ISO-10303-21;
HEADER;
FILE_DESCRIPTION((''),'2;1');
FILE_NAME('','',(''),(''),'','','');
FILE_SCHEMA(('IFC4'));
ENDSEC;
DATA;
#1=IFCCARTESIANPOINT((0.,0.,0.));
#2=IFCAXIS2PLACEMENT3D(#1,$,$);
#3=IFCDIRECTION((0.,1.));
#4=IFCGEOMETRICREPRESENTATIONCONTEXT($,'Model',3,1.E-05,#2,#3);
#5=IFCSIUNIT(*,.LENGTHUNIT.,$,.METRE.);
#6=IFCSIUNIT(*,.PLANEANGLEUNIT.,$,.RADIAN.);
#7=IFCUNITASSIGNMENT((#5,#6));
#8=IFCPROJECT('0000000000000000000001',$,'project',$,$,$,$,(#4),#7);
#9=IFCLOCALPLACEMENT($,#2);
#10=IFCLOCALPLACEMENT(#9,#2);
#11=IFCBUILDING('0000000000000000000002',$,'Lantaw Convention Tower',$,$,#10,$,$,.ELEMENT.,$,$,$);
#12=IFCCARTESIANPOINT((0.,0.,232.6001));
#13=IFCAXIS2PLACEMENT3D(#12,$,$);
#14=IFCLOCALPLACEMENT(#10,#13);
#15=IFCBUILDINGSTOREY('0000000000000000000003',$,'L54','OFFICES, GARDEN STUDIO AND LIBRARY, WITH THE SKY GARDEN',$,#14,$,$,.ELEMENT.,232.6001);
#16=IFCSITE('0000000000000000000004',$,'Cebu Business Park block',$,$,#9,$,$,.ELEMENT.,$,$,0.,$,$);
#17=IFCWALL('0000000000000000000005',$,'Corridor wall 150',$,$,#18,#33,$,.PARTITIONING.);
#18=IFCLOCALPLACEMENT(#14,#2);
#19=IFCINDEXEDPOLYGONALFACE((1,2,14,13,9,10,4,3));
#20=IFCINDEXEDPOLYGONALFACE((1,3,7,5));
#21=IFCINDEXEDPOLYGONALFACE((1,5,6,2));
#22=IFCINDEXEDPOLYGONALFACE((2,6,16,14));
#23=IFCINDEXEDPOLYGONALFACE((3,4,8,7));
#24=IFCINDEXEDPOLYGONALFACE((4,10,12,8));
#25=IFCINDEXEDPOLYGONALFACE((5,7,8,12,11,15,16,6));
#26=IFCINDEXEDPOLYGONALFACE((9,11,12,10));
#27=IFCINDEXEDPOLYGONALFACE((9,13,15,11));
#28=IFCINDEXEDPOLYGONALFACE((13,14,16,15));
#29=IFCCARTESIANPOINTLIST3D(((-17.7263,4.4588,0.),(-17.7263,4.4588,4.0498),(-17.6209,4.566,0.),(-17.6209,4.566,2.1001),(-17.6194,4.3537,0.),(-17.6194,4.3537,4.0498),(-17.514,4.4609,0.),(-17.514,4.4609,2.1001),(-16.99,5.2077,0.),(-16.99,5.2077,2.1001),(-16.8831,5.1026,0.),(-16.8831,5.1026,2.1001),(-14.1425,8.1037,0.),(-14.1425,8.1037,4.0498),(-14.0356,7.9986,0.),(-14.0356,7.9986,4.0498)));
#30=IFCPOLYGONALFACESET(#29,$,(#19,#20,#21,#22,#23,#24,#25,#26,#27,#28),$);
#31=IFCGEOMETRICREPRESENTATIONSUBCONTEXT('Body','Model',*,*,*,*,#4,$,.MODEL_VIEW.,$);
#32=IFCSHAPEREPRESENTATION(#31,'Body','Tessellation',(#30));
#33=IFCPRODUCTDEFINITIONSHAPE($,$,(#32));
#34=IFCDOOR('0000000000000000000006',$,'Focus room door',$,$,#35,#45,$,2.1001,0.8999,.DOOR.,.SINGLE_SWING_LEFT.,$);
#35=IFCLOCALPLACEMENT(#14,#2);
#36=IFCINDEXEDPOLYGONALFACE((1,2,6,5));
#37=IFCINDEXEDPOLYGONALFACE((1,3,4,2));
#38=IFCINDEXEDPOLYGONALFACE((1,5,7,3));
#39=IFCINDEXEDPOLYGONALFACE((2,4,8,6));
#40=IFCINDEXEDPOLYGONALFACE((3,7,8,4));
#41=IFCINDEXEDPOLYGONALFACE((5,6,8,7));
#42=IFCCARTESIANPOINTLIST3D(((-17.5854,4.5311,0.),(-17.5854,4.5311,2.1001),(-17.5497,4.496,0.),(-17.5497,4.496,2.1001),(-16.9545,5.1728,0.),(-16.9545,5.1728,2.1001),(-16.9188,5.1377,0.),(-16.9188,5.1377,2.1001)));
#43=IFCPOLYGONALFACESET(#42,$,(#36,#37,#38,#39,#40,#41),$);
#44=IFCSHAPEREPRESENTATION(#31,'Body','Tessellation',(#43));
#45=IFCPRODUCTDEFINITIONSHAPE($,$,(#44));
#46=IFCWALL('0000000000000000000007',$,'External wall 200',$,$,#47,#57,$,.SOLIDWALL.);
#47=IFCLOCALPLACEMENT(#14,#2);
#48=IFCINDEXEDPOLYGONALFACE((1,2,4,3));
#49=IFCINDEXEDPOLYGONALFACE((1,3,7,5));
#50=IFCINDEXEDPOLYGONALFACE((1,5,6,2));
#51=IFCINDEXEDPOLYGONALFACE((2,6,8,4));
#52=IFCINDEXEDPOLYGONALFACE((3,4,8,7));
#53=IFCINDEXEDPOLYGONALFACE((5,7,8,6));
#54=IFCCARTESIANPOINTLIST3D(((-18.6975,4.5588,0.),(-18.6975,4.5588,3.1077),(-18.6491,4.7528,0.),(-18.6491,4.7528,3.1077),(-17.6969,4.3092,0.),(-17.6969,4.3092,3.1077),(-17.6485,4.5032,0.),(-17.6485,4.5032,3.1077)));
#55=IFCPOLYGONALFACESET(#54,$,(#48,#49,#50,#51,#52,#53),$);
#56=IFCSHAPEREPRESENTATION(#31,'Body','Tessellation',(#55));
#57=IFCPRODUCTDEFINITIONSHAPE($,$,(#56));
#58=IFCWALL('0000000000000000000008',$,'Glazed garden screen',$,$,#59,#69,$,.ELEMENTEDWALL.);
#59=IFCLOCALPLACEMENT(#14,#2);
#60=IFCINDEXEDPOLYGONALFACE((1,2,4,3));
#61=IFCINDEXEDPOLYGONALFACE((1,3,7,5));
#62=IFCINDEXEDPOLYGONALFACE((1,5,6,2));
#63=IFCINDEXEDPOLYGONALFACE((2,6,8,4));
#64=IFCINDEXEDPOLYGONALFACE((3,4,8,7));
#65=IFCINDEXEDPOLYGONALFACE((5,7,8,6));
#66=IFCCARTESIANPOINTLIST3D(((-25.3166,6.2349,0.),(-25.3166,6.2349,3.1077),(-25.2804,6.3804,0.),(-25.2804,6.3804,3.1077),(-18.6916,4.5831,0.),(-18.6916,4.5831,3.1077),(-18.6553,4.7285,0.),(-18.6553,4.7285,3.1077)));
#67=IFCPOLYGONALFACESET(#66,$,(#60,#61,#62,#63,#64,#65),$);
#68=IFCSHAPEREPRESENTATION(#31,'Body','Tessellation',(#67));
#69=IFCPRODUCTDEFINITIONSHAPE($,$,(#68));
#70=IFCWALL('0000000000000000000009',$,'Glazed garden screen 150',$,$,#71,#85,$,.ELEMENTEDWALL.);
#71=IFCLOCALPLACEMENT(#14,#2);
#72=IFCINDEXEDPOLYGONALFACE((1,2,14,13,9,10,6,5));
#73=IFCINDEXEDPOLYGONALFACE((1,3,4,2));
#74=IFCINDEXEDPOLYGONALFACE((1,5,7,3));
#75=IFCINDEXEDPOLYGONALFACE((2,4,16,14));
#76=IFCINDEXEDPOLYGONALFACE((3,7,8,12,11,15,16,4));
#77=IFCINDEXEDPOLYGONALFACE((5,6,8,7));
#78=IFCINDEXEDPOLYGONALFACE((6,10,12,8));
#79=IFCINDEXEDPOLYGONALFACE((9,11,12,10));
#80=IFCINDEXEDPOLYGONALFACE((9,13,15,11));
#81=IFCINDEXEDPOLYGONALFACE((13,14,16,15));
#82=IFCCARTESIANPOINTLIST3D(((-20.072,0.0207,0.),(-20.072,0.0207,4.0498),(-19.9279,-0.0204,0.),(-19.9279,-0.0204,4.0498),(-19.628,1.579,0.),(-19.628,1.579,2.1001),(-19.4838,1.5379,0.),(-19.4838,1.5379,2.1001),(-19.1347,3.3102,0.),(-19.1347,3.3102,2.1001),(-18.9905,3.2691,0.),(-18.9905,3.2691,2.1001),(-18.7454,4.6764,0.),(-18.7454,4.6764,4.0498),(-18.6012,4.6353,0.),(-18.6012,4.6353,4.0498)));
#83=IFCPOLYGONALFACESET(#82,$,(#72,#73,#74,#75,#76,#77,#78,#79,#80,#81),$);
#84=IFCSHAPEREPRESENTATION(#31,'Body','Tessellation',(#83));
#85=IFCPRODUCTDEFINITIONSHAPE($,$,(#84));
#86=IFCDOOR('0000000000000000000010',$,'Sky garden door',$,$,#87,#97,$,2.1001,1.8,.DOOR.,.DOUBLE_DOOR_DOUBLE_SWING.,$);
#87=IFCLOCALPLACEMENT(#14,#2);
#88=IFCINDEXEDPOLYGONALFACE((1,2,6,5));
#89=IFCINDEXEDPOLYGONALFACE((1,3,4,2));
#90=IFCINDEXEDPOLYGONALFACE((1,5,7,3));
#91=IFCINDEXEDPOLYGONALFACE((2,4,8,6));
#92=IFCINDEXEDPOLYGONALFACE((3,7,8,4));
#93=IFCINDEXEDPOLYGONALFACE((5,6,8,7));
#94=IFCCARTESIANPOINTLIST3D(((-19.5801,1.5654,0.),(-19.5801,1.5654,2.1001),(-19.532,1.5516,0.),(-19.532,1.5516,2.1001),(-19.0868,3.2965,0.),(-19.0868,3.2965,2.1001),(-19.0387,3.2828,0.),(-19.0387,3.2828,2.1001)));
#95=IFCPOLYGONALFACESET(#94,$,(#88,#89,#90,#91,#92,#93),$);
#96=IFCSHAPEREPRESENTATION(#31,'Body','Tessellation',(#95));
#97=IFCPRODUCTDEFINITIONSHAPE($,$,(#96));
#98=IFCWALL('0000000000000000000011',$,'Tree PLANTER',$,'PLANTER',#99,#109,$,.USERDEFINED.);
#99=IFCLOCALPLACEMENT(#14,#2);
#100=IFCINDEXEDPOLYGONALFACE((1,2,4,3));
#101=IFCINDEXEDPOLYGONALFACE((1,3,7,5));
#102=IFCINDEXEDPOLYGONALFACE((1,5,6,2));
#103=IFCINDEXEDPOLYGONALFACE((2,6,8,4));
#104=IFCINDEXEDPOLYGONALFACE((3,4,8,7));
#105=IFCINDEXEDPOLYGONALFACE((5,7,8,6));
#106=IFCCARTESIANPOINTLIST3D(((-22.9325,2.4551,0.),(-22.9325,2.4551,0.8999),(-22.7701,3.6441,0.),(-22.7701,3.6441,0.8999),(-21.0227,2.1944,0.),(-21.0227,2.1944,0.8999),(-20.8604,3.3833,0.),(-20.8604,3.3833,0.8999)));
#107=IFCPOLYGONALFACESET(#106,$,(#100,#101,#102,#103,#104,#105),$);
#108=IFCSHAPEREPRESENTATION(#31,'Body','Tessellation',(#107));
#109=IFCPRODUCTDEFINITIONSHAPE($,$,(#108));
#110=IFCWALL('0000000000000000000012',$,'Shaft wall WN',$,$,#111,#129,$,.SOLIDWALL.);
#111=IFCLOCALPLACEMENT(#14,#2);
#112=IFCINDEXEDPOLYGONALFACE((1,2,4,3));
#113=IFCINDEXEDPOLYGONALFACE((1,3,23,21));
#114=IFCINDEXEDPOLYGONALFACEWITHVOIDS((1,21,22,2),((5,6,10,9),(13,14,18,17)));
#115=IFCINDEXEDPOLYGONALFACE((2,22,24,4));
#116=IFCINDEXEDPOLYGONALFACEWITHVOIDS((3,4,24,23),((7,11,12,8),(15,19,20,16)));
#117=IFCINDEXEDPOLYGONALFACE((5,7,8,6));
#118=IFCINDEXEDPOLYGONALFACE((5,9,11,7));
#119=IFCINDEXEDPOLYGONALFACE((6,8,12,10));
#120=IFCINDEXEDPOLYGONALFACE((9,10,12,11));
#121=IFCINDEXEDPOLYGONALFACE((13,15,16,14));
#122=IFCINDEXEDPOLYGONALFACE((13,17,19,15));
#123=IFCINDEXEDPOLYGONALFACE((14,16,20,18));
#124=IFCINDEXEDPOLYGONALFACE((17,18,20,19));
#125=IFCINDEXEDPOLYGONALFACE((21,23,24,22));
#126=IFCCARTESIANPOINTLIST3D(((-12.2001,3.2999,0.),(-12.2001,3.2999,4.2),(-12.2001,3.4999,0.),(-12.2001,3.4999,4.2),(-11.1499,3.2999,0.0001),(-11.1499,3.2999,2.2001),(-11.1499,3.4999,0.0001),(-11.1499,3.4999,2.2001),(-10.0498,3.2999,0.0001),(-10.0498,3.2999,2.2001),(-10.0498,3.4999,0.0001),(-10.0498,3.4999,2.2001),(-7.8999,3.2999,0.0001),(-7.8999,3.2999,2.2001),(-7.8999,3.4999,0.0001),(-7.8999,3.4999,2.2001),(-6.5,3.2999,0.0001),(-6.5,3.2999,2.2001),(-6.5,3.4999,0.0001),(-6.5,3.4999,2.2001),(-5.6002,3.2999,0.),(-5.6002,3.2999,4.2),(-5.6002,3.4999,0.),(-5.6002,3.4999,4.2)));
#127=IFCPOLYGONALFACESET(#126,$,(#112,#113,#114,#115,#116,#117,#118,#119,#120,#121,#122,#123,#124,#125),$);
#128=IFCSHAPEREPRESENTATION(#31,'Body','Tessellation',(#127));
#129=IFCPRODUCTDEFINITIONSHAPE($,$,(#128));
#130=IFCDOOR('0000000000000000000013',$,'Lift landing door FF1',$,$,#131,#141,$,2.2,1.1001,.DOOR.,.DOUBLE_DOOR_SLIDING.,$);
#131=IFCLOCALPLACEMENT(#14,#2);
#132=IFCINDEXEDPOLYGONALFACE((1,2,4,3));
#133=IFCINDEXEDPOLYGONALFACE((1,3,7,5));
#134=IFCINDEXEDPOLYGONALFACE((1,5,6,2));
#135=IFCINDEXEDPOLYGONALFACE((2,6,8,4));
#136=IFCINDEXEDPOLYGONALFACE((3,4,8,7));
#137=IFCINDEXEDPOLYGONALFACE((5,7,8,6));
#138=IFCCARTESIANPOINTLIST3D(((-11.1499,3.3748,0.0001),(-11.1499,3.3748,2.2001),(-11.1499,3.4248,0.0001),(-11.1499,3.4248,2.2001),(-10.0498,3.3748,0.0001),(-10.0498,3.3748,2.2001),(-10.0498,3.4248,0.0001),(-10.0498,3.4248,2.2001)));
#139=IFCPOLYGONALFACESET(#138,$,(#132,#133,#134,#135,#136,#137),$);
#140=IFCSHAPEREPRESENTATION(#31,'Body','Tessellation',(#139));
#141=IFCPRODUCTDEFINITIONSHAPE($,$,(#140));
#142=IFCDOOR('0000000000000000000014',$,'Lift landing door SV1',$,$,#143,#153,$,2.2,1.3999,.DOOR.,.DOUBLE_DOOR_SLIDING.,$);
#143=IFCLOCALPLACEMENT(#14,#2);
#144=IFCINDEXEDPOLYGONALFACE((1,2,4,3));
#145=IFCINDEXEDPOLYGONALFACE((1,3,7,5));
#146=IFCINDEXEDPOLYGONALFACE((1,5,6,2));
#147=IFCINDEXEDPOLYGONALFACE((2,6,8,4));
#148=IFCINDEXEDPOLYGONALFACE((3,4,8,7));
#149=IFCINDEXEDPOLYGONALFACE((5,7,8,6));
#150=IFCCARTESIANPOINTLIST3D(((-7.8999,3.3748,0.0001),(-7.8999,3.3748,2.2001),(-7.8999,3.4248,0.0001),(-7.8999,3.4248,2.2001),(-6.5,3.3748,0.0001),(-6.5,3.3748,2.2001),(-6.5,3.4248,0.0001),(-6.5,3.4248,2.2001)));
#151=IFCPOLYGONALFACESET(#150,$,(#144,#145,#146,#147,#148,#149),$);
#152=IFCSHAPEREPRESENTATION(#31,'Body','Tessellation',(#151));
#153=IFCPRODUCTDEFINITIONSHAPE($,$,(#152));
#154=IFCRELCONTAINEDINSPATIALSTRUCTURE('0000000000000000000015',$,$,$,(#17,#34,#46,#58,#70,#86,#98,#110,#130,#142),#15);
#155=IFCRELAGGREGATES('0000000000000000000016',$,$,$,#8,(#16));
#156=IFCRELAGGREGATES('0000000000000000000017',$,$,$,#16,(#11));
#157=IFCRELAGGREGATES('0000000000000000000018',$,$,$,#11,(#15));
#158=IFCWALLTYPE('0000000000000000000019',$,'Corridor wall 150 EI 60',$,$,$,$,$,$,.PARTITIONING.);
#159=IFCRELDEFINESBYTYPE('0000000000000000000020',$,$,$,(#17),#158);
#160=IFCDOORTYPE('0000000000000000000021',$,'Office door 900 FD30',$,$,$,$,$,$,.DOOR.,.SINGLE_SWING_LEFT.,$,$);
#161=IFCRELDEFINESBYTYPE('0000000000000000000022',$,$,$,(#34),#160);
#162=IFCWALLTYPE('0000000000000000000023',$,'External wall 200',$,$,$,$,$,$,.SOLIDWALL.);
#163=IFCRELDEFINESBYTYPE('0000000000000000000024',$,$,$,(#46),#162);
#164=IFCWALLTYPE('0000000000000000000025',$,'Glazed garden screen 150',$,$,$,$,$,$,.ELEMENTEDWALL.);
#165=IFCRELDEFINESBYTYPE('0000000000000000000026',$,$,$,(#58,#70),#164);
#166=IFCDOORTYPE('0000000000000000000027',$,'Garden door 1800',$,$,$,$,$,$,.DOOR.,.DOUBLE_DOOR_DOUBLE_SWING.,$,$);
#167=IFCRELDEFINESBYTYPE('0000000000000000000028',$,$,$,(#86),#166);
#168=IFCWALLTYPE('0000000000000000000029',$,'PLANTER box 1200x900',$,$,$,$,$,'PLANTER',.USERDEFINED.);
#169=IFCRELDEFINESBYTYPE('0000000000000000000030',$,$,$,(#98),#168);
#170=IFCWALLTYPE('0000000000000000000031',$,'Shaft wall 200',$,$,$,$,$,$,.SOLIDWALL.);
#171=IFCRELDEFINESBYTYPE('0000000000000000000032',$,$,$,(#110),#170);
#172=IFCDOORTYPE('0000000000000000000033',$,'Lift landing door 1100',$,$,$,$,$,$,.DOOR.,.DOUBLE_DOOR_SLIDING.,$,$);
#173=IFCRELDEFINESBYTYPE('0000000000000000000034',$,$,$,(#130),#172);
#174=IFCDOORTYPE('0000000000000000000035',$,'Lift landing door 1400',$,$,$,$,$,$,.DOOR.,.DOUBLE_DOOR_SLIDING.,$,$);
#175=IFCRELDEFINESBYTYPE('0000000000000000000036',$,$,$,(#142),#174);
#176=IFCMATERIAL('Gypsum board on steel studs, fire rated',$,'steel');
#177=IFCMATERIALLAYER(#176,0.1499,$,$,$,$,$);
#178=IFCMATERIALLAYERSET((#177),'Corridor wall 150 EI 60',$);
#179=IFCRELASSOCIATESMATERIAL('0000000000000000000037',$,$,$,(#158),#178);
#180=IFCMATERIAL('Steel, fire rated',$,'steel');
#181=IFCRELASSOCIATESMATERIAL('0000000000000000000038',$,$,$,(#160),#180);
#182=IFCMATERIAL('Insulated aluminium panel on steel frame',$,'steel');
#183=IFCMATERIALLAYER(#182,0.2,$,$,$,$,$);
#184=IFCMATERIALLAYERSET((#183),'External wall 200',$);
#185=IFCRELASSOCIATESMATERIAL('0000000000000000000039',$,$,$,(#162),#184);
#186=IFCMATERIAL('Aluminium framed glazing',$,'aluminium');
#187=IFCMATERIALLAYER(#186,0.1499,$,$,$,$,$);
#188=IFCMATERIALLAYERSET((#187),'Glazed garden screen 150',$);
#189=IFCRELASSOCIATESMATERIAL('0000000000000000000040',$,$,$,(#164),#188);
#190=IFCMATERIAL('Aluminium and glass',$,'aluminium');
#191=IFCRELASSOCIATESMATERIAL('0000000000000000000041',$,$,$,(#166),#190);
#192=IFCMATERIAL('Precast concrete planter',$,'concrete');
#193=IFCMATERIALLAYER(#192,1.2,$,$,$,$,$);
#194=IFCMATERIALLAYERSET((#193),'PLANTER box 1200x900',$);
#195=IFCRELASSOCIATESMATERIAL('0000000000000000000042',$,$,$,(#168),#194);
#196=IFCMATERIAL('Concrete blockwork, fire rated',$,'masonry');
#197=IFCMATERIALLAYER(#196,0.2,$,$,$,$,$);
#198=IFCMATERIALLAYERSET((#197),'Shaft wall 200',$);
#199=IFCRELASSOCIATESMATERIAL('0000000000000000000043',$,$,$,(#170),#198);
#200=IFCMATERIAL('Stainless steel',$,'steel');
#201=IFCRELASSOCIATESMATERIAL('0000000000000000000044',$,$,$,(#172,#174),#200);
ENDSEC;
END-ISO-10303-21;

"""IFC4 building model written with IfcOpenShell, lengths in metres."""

from ifc_helpers import new_model, si_unit, direction, frame, frame_2d, origin, place, context, subcontext, project, spatial, rectangle, extrude, material, layer, layer_set, type_object, element, fill, save


model = new_model("IFC4")

# Units and contexts
model_context = context("Model", 3, precision=1e-05, world=origin(), true_north=direction((0.0, 1.0)))
body_context = subcontext(model_context, "Body", "Model", "MODEL_VIEW")
ifc_project = project(units=[si_unit("LENGTHUNIT", "METRE"), si_unit("PLANEANGLEUNIT", "RADIAN")], contexts=[model_context])

# Site, building, storey
site_placement = place(None, origin())
site = spatial("IfcSite", under=ifc_project, at=site_placement, Name="Cebu Business Park block", CompositionType="ELEMENT", RefElevation=0.0)
building_placement = place(site_placement, origin())
building = spatial("IfcBuilding", under=site, at=building_placement, Name="Lantaw Convention Tower", CompositionType="ELEMENT")
storey_placement = place(building_placement, frame((0.0, 0.0, 232.6001)))
storey = spatial("IfcBuildingStorey", under=building, at=storey_placement, Name="L54", Description="OFFICES, GARDEN STUDIO AND LIBRARY, WITH THE SKY GARDEN", CompositionType="ELEMENT", Elevation=232.6001)

# Wall, opening, door
ifc_material_1 = material(Name="Gypsum board on steel studs, fire rated", Category="steel")
ifc_layer_1 = layer(ifc_material_1, 0.1499)
ifc_layer_set_1 = layer_set([ifc_layer_1], Name="Corridor wall 150 EI 60")
wall_type_1 = type_object("IfcWallType", Name="Corridor wall 150 EI 60", PredefinedType="PARTITIONING", material=ifc_layer_set_1)
wall_1_placement = place(storey_placement, frame((-14.0891, 8.051, 0.0), z_axis=(0.0, 0.0, 1.0), x_axis=(-0.701111, -0.713052, 0.0)))
wall_1 = element("IfcWall", 1, at=wall_1_placement, inside=storey, type_object=wall_type_1, Name="Corridor wall 150", PredefinedType="PARTITIONING", context=body_context, shape_type="SweptSolid", body=[
    extrude(rectangle(XDim=5.1116, YDim=0.1499, at=frame_2d((2.5557, 0.0))), origin(), (0.0, 0.0, 1.0), 4.0498),
])
opening_1_placement = place(wall_1_placement, frame((4.0613, 0.0, 0.0)))
opening_1 = element("IfcOpeningElement", 2, at=opening_1_placement, cuts=wall_1, PredefinedType="OPENING", context=body_context, shape_type="SweptSolid", body=[
    extrude(rectangle(XDim=0.8999, YDim=2.1001, at=frame_2d((0.45, 1.05))), frame((0.0, 0.085, 0.0), z_axis=(0.0, -1.0, 0.0), x_axis=(1.0, 0.0, 0.0)), (0.0, 0.0, 1.0), 0.1699),
])
ifc_material_2 = material(Name="Steel, fire rated", Category="steel")
door_type_1 = type_object("IfcDoorType", Name="Office door 900 FD30", OperationType="SINGLE_SWING_LEFT", PredefinedType="DOOR", material=ifc_material_2)
door_1_placement = place(opening_1_placement, origin())
door_1 = element("IfcDoor", 3, at=door_1_placement, inside=storey, type_object=door_type_1, Name="Focus room door", OperationType="SINGLE_SWING_LEFT", OverallHeight=2.1001, OverallWidth=0.8999, PredefinedType="DOOR", context=body_context, shape_type="SweptSolid", body=[
    extrude(rectangle(XDim=0.8999, YDim=2.1001, at=frame_2d((0.45, 1.05))), frame((0.0, 0.0249, 0.0), z_axis=(0.0, -1.0, 0.0), x_axis=(1.0, 0.0, 0.0)), (0.0, 0.0, 1.0), 0.05),
])
fill(opening_1, door_1)

# Walls
ifc_material_3 = material(Name="Insulated aluminium panel on steel frame", Category="steel")
ifc_layer_2 = layer(ifc_material_3, 0.2)
ifc_layer_set_2 = layer_set([ifc_layer_2], Name="External wall 200")
wall_type_2 = type_object("IfcWallType", Name="External wall 200", PredefinedType="SOLIDWALL", material=ifc_layer_set_2)
wall_2_placement = place(storey_placement, frame((-18.6733, 4.6558, 0.0), z_axis=(0.0, 0.0, 1.0), x_axis=(0.970282, -0.241978, 0.0)))
element("IfcWall", 4, at=wall_2_placement, inside=storey, type_object=wall_type_2, Name="External wall 200", PredefinedType="SOLIDWALL", context=body_context, shape_type="SweptSolid", body=[
    extrude(rectangle(XDim=1.0312, YDim=0.2, at=frame_2d((0.5156, 0.0))), origin(), (0.0, 0.0, 1.0), 3.1077),
])
ifc_material_4 = material(Name="Aluminium framed glazing", Category="aluminium")
ifc_layer_3 = layer(ifc_material_4, 0.1499)
ifc_layer_set_3 = layer_set([ifc_layer_3], Name="Glazed garden screen 150")
wall_type_3 = type_object("IfcWallType", Name="Glazed garden screen 150", PredefinedType="ELEMENTEDWALL", material=ifc_layer_set_3)
wall_3_placement = place(storey_placement, frame((-18.6733, 4.6558, 0.0), z_axis=(0.0, 0.0, 1.0), x_axis=(-0.970294, 0.24193, 0.0)))
element("IfcWall", 5, at=wall_3_placement, inside=storey, type_object=wall_type_3, Name="Glazed garden screen", PredefinedType="ELEMENTEDWALL", context=body_context, shape_type="SweptSolid", body=[
    extrude(rectangle(XDim=6.8279, YDim=0.1499, at=frame_2d((3.4141, 0.0))), origin(), (0.0, 0.0, 1.0), 3.1077),
])

# Wall, opening, door
wall_4_placement = place(storey_placement, frame((-18.6733, 4.6558, 0.0), z_axis=(0.0, 0.0, 1.0), x_axis=(-0.274042, -0.961718, 0.0)))
wall_4 = element("IfcWall", 6, at=wall_4_placement, inside=storey, type_object=wall_type_3, Name="Glazed garden screen 150", PredefinedType="ELEMENTEDWALL", context=body_context, shape_type="SweptSolid", body=[
    extrude(rectangle(XDim=4.8411, YDim=0.1499, at=frame_2d((2.4204, 0.0))), origin(), (0.0, 0.0, 1.0), 4.0498),
])
opening_2_placement = place(wall_4_placement, frame((1.4207, 0.0, 0.0)))
opening_2 = element("IfcOpeningElement", 7, at=opening_2_placement, cuts=wall_4, PredefinedType="OPENING", context=body_context, shape_type="SweptSolid", body=[
    extrude(rectangle(XDim=1.8, YDim=2.1001, at=frame_2d((0.8999, 1.05))), frame((0.0, 0.085, 0.0), z_axis=(0.0, -1.0, 0.0), x_axis=(1.0, 0.0, 0.0)), (0.0, 0.0, 1.0), 0.1699),
])
ifc_material_5 = material(Name="Aluminium and glass", Category="aluminium")
door_type_2 = type_object("IfcDoorType", Name="Garden door 1800", OperationType="DOUBLE_DOOR_DOUBLE_SWING", PredefinedType="DOOR", material=ifc_material_5)
door_2_placement = place(opening_2_placement, origin())
door_2 = element("IfcDoor", 8, at=door_2_placement, inside=storey, type_object=door_type_2, Name="Sky garden door", OperationType="DOUBLE_DOOR_DOUBLE_SWING", OverallHeight=2.1001, OverallWidth=1.8, PredefinedType="DOOR", context=body_context, shape_type="SweptSolid", body=[
    extrude(rectangle(XDim=1.8, YDim=2.1001, at=frame_2d((0.8999, 1.05))), frame((0.0, 0.0249, 0.0), z_axis=(0.0, -1.0, 0.0), x_axis=(1.0, 0.0, 0.0)), (0.0, 0.0, 1.0), 0.05),
])
fill(opening_2, door_2)

# Wall
ifc_material_6 = material(Name="Precast concrete planter", Category="concrete")
ifc_layer_4 = layer(ifc_material_6, 1.2)
ifc_layer_set_4 = layer_set([ifc_layer_4], Name="PLANTER box 1200x900")
wall_type_4 = type_object("IfcWallType", Name="PLANTER box 1200x900", ElementType="PLANTER", PredefinedType="USERDEFINED", material=ifc_layer_set_4)
wall_5_placement = place(storey_placement, frame((-20.9414, 2.7888, 0.0), z_axis=(0.0, 0.0, 1.0), x_axis=(-0.990807, 0.135283, 0.0)))
element("IfcWall", 9, at=wall_5_placement, inside=storey, type_object=wall_type_4, Name="Tree PLANTER", ObjectType="PLANTER", PredefinedType="USERDEFINED", context=body_context, shape_type="SweptSolid", body=[
    extrude(rectangle(XDim=1.9275, YDim=1.2, at=frame_2d((0.9639, 0.0))), origin(), (0.0, 0.0, 1.0), 0.8999),
])

# Wall, openings, doors
ifc_material_7 = material(Name="Concrete blockwork, fire rated", Category="masonry")
ifc_layer_5 = layer(ifc_material_7, 0.2)
ifc_layer_set_5 = layer_set([ifc_layer_5], Name="Shaft wall 200")
wall_type_5 = type_object("IfcWallType", Name="Shaft wall 200", PredefinedType="SOLIDWALL", material=ifc_layer_set_5)
wall_6_placement = place(storey_placement, frame((-12.2, 3.3999, 0.0), z_axis=(0.0, 0.0, 1.0), x_axis=(1.0, 0.0, 0.0)))
wall_6 = element("IfcWall", 10, at=wall_6_placement, inside=storey, type_object=wall_type_5, Name="Shaft wall WN", PredefinedType="SOLIDWALL", context=body_context, shape_type="SweptSolid", body=[
    extrude(rectangle(XDim=6.5999, YDim=0.2, at=frame_2d((3.2998, 0.0))), origin(), (0.0, 0.0, 1.0), 4.2),
])
opening_3_placement = place(wall_6_placement, frame((1.05, 0.0, 0.0)))
opening_3 = element("IfcOpeningElement", 11, at=opening_3_placement, cuts=wall_6, PredefinedType="OPENING", context=body_context, shape_type="SweptSolid", body=[
    extrude(rectangle(XDim=1.1001, YDim=2.2, at=frame_2d((0.55, 1.1001))), frame((0.0, 0.1099, 0.0), z_axis=(0.0, -1.0, 0.0), x_axis=(1.0, 0.0, 0.0)), (0.0, 0.0, 1.0), 0.22),
])
opening_4_placement = place(wall_6_placement, frame((4.3, 0.0, 0.0)))
opening_4 = element("IfcOpeningElement", 12, at=opening_4_placement, cuts=wall_6, PredefinedType="OPENING", context=body_context, shape_type="SweptSolid", body=[
    extrude(rectangle(XDim=1.3999, YDim=2.2, at=frame_2d((0.7, 1.1001))), frame((0.0, 0.1099, 0.0), z_axis=(0.0, -1.0, 0.0), x_axis=(1.0, 0.0, 0.0)), (0.0, 0.0, 1.0), 0.22),
])
ifc_material_8 = material(Name="Stainless steel", Category="steel")
door_type_3 = type_object("IfcDoorType", Name="Lift landing door 1100", OperationType="DOUBLE_DOOR_SLIDING", PredefinedType="DOOR", material=ifc_material_8)
door_3_placement = place(opening_3_placement, origin())
door_3 = element("IfcDoor", 13, at=door_3_placement, inside=storey, type_object=door_type_3, Name="Lift landing door FF1", OperationType="DOUBLE_DOOR_SLIDING", OverallHeight=2.2, OverallWidth=1.1001, PredefinedType="DOOR", context=body_context, shape_type="SweptSolid", body=[
    extrude(rectangle(XDim=1.1001, YDim=2.2, at=frame_2d((0.55, 1.1001))), frame((0.0, 0.0249, 0.0), z_axis=(0.0, -1.0, 0.0), x_axis=(1.0, 0.0, 0.0)), (0.0, 0.0, 1.0), 0.05),
])
fill(opening_3, door_3)
door_type_4 = type_object("IfcDoorType", Name="Lift landing door 1400", OperationType="DOUBLE_DOOR_SLIDING", PredefinedType="DOOR", material=ifc_material_8)
door_4_placement = place(opening_4_placement, origin())
door_4 = element("IfcDoor", 14, at=door_4_placement, inside=storey, type_object=door_type_4, Name="Lift landing door SV1", OperationType="DOUBLE_DOOR_SLIDING", OverallHeight=2.2, OverallWidth=1.3999, PredefinedType="DOOR", context=body_context, shape_type="SweptSolid", body=[
    extrude(rectangle(XDim=1.3999, YDim=2.2, at=frame_2d((0.7, 1.1001))), frame((0.0, 0.0249, 0.0), z_axis=(0.0, -1.0, 0.0), x_axis=(1.0, 0.0, 0.0)), (0.0, 0.0, 1.0), 0.05),
])
fill(opening_4, door_4)

save(model, "model.ifc")
